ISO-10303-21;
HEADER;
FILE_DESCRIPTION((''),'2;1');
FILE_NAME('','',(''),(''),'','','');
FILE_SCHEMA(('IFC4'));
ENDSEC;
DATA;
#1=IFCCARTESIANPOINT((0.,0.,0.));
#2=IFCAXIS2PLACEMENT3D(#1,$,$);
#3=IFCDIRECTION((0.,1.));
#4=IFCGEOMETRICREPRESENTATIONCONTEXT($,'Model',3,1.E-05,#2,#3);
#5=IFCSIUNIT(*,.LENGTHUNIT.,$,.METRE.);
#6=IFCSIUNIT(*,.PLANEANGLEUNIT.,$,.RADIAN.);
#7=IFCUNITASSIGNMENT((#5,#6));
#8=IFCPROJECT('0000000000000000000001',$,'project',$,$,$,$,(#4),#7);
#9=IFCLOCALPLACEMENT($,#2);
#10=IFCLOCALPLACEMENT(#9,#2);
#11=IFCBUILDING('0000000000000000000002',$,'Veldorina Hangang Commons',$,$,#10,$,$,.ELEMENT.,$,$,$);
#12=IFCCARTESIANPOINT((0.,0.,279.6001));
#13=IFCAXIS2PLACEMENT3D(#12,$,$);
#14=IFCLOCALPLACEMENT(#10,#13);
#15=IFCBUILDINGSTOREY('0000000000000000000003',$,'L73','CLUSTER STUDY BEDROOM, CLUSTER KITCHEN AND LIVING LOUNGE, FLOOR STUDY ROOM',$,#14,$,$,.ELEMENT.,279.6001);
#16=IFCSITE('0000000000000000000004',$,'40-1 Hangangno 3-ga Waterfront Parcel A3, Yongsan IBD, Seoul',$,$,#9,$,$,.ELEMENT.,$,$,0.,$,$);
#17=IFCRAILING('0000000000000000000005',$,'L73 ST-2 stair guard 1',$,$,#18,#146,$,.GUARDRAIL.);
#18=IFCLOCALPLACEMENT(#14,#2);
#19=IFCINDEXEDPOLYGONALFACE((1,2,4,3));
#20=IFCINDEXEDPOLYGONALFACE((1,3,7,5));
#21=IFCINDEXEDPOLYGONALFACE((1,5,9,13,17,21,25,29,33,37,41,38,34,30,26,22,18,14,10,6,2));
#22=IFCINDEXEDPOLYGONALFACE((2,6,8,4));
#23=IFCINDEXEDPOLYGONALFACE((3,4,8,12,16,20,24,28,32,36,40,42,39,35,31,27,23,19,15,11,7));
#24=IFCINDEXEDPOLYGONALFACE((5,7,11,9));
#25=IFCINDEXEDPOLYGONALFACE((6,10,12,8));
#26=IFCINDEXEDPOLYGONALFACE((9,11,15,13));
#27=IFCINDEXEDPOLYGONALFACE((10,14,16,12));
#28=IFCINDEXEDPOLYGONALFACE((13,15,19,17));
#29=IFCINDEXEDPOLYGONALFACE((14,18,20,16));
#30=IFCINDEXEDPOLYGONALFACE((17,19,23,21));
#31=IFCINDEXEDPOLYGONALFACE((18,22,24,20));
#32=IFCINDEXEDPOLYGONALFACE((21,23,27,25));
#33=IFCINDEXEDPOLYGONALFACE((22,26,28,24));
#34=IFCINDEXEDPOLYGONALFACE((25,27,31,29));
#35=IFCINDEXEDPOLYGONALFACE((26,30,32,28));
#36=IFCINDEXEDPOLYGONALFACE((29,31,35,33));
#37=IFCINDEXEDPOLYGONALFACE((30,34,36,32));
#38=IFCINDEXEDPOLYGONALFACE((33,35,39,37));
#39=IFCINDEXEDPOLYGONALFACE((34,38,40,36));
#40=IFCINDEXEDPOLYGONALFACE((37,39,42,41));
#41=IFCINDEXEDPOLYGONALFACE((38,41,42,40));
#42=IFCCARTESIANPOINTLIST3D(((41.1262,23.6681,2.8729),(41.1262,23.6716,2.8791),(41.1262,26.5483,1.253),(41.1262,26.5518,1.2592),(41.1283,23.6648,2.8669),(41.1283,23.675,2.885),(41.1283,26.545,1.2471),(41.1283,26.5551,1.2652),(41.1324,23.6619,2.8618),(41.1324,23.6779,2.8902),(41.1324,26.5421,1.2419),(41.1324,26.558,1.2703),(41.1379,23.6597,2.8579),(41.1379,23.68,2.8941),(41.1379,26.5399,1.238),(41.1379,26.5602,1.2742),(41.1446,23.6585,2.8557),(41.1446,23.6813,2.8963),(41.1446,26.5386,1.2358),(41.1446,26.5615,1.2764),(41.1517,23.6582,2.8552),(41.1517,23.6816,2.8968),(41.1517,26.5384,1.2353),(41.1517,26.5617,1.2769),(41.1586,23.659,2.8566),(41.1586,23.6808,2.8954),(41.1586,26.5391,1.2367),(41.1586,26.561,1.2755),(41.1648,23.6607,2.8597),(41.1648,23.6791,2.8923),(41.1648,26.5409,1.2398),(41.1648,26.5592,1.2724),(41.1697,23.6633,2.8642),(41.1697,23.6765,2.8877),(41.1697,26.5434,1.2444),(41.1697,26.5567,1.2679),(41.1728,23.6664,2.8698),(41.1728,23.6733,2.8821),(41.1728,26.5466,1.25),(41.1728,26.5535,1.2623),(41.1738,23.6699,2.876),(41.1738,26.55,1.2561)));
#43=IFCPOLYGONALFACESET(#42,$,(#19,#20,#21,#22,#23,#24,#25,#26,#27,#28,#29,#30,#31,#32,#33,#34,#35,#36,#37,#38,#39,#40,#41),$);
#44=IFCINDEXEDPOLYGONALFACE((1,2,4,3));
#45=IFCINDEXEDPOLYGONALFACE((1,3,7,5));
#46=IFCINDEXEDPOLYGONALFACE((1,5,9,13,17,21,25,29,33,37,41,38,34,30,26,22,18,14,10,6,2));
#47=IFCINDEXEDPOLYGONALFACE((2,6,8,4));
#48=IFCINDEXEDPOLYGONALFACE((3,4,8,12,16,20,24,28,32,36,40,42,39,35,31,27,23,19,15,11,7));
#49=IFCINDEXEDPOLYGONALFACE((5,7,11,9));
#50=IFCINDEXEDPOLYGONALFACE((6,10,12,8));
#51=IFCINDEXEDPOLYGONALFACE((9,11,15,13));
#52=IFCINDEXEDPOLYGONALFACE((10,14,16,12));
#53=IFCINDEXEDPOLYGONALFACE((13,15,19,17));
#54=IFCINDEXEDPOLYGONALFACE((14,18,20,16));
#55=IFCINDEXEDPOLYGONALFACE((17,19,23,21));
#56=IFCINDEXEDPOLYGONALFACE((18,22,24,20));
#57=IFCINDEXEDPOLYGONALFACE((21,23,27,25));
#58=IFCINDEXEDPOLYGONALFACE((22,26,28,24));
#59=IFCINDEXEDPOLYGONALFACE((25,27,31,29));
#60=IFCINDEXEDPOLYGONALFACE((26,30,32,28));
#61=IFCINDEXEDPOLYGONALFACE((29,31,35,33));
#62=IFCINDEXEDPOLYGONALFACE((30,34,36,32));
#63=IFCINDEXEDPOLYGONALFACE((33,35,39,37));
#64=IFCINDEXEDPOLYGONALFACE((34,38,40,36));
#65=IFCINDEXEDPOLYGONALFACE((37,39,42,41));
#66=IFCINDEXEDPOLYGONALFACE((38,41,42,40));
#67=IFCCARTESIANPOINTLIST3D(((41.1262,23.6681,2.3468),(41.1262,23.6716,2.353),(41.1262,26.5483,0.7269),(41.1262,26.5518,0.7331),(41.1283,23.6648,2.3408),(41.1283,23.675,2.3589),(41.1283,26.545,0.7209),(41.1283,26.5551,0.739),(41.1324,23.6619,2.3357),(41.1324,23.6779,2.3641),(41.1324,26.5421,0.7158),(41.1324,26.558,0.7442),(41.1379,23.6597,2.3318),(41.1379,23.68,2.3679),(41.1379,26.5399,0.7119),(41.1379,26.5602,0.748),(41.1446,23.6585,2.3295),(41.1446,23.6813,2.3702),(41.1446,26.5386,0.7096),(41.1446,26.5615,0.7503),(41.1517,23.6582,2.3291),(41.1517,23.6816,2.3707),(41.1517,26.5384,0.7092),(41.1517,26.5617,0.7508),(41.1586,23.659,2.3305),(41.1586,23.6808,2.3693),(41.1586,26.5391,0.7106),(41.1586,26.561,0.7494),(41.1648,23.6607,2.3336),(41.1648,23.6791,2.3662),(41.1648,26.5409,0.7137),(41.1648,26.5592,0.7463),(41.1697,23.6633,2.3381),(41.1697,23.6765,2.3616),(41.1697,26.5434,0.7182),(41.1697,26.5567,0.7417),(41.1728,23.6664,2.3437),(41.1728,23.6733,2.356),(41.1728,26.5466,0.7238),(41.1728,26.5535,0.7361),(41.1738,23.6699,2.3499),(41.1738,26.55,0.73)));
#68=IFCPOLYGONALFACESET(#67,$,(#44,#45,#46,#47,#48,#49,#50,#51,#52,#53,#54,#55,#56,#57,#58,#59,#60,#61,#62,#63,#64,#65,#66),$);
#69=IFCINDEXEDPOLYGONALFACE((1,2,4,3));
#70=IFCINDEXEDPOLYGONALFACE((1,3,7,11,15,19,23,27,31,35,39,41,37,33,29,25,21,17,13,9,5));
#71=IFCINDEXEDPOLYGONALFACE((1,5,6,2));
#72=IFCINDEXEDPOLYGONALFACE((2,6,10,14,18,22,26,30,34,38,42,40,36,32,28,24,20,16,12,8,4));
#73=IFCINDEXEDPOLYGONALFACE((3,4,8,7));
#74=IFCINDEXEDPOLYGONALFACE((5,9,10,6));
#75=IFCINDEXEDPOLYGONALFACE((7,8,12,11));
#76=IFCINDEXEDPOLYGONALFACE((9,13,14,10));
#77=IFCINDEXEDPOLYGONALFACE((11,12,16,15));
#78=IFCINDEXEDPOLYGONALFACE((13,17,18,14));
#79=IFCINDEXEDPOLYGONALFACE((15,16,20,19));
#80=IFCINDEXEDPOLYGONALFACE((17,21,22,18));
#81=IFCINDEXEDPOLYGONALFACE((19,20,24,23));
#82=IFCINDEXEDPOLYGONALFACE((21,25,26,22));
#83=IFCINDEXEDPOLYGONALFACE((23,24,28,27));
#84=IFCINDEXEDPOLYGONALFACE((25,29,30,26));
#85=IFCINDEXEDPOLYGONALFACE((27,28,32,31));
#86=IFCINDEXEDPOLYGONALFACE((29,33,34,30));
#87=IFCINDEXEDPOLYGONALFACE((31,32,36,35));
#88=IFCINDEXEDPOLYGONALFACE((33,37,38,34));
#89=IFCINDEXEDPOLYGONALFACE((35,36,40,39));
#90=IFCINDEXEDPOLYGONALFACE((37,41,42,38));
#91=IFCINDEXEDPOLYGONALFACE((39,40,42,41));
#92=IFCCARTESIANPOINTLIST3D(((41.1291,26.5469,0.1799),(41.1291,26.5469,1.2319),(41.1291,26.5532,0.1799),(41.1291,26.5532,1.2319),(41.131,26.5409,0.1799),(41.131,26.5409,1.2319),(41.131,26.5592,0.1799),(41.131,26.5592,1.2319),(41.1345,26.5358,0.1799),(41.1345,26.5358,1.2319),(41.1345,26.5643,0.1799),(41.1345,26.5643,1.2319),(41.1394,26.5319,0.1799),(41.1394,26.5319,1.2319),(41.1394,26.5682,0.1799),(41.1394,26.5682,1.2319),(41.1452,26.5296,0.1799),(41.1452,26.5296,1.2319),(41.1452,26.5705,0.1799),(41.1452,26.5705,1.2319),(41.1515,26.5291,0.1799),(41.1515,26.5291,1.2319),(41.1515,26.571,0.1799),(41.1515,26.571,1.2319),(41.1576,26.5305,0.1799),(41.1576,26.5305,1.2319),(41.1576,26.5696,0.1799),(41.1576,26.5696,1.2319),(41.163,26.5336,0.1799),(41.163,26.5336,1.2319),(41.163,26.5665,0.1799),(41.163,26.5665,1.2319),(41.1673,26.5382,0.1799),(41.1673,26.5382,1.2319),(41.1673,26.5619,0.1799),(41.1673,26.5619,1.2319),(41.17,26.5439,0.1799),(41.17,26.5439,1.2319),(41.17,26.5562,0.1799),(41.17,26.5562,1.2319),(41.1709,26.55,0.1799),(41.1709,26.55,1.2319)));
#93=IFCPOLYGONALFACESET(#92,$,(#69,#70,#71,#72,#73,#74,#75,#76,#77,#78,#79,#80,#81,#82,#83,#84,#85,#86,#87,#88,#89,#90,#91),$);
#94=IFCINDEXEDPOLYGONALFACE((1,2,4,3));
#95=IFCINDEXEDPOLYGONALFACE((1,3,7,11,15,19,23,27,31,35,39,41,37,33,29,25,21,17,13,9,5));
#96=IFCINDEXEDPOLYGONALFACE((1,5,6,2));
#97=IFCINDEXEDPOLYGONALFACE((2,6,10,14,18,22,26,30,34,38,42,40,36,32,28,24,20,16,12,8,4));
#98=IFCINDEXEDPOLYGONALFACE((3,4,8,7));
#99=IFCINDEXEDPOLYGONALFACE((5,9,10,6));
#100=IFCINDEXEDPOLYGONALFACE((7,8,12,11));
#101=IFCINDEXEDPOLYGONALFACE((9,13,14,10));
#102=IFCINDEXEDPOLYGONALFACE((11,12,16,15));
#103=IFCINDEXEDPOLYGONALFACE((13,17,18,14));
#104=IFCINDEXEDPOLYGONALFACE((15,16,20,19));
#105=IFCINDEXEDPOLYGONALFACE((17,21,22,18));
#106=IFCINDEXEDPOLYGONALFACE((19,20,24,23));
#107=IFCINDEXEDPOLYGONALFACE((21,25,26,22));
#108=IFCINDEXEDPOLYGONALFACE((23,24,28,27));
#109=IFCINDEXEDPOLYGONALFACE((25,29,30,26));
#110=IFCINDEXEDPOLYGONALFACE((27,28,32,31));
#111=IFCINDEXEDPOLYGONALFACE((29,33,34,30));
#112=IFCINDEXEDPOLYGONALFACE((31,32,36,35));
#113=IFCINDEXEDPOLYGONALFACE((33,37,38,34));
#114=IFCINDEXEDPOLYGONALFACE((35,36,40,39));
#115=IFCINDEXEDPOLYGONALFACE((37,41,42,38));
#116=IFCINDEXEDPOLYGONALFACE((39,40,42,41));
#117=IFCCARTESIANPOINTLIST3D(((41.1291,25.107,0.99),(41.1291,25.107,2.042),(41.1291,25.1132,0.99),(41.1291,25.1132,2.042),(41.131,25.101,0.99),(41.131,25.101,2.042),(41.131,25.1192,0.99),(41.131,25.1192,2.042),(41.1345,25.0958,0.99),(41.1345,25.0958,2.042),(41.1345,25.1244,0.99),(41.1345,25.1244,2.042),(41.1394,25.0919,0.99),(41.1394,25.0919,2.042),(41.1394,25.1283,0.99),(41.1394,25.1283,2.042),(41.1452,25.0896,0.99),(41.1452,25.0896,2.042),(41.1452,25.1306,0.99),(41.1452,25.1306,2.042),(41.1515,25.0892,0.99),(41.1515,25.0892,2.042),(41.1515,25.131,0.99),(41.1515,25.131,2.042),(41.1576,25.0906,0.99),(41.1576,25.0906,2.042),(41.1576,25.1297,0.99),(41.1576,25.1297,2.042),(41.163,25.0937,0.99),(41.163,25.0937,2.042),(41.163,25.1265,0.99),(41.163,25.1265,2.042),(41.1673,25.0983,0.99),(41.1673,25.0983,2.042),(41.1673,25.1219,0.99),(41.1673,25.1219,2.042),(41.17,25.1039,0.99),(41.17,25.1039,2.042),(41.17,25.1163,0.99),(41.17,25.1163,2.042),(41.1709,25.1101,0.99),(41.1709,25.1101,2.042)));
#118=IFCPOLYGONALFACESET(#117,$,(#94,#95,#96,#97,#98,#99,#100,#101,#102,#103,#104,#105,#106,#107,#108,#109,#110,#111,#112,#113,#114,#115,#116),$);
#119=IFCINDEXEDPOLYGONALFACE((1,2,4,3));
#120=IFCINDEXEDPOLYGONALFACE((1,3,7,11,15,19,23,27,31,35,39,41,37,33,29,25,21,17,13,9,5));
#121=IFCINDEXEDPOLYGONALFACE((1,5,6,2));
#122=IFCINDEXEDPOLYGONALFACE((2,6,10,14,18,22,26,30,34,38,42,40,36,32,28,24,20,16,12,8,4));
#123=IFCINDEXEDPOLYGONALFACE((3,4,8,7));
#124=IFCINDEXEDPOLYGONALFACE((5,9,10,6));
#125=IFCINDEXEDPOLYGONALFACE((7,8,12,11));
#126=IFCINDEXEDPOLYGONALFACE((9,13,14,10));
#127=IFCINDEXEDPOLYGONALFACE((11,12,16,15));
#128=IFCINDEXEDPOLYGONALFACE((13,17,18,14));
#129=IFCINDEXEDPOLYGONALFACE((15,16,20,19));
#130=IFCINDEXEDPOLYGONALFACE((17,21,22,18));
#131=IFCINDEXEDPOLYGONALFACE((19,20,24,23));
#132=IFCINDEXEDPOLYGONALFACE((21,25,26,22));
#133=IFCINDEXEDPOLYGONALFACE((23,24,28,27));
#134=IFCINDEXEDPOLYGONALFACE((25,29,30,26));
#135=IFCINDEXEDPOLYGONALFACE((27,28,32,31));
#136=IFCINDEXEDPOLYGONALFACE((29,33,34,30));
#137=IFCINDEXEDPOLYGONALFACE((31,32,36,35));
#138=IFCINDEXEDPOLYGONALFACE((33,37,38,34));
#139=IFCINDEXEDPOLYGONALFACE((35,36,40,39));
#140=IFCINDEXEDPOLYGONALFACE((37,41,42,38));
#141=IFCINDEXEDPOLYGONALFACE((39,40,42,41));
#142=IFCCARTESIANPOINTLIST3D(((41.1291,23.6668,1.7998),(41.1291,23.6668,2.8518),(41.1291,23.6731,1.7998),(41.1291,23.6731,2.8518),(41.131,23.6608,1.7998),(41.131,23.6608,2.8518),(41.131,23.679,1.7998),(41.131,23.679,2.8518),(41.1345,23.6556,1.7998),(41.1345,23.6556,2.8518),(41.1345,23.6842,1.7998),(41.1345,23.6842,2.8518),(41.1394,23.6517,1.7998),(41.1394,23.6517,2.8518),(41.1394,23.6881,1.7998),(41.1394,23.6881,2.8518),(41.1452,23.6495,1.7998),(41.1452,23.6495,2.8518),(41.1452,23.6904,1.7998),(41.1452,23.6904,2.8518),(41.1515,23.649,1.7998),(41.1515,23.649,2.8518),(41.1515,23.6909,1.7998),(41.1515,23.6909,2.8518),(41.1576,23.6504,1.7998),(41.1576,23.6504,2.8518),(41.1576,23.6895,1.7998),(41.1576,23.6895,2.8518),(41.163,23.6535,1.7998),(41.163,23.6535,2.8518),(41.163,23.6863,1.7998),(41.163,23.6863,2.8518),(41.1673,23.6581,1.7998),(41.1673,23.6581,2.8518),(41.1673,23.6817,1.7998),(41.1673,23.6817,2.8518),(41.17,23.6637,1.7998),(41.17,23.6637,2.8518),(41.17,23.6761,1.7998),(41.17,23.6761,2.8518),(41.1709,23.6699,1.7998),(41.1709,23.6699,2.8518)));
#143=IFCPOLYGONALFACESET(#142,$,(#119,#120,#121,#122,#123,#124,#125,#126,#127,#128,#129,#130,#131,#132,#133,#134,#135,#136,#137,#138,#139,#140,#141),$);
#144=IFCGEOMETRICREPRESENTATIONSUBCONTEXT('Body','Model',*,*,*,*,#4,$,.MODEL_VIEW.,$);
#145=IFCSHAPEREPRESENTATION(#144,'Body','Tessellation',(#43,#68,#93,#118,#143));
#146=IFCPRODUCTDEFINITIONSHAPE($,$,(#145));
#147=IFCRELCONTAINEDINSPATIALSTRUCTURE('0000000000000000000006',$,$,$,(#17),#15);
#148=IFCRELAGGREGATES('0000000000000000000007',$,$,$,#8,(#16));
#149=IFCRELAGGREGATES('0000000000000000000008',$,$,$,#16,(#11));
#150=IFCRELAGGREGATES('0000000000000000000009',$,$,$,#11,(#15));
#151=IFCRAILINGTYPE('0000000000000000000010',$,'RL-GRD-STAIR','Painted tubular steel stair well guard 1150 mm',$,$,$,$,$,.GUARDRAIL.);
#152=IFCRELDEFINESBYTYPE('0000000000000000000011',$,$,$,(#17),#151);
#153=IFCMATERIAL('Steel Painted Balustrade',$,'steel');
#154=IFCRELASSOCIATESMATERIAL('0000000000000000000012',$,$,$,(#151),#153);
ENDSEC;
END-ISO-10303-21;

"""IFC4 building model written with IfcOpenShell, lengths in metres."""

from ifc_helpers import new_model, si_unit, direction, frame, origin, origin_2d, place, context, subcontext, project, spatial, circle, extrude, material, type_object, element, save


model = new_model("IFC4")

# Units and contexts
model_context = context("Model", 3, precision=1e-05, world=origin(), true_north=direction((0.0, 1.0)))
body_context = subcontext(model_context, "Body", "Model", "MODEL_VIEW")
ifc_project = project(units=[si_unit("LENGTHUNIT", "METRE"), si_unit("PLANEANGLEUNIT", "RADIAN")], contexts=[model_context])

# Site, building, storey
site_placement = place(None, origin())
site = spatial("IfcSite", under=ifc_project, at=site_placement, Name="40-1 Hangangno 3-ga Waterfront Parcel A3, Yongsan IBD, Seoul", CompositionType="ELEMENT", RefElevation=0.0)
building_placement = place(site_placement, origin())
building = spatial("IfcBuilding", under=site, at=building_placement, Name="Veldorina Hangang Commons", CompositionType="ELEMENT")
storey_placement = place(building_placement, frame((0.0, 0.0, 279.6001)))
storey = spatial("IfcBuildingStorey", under=building, at=storey_placement, Name="L73", Description="CLUSTER STUDY BEDROOM, CLUSTER KITCHEN AND LIVING LOUNGE, FLOOR STUDY ROOM", CompositionType="ELEMENT", Elevation=279.6001)

# Railing
ifc_material_1 = material(Name="Steel Painted Balustrade", Category="steel")
railing_type_1 = type_object("IfcRailingType", Name="RL-GRD-STAIR", Description="Painted tubular steel stair well guard 1150 mm", PredefinedType="GUARDRAIL", material=ifc_material_1)
railing_1_placement = place(storey_placement, frame((41.1499, 26.55, 0.1799)))
element("IfcRailing", 1, at=railing_1_placement, inside=storey, type_object=railing_type_1, Name="L73 ST-2 stair guard 1", PredefinedType="GUARDRAIL", context=body_context, shape_type="SweptSolid", body=[
    extrude(circle(Radius=0.0239, at=origin_2d()), frame((0.0, 0.0, 1.0762), z_axis=(0.0, -0.871601, 0.490216), x_axis=(1.0, 0.0, 0.0)), (0.0, 0.0, 1.0), 3.3044),
    extrude(circle(Radius=0.0239, at=origin_2d()), frame((0.0, 0.0, 0.55), z_axis=(0.0, -0.871601, 0.490216), x_axis=(1.0, 0.0, 0.0)), (0.0, 0.0, 1.0), 3.3044),
    extrude(circle(Radius=0.021, at=origin_2d()), origin(), (0.0, 0.0, 1.0), 1.052),
    extrude(circle(Radius=0.021, at=origin_2d()), frame((0.0, -1.4399, 0.8101)), (0.0, 0.0, 1.0), 1.052),
    extrude(circle(Radius=0.021, at=origin_2d()), frame((0.0, -2.8801, 1.6199)), (0.0, 0.0, 1.0), 1.052),
])

save(model, "model.ifc")
